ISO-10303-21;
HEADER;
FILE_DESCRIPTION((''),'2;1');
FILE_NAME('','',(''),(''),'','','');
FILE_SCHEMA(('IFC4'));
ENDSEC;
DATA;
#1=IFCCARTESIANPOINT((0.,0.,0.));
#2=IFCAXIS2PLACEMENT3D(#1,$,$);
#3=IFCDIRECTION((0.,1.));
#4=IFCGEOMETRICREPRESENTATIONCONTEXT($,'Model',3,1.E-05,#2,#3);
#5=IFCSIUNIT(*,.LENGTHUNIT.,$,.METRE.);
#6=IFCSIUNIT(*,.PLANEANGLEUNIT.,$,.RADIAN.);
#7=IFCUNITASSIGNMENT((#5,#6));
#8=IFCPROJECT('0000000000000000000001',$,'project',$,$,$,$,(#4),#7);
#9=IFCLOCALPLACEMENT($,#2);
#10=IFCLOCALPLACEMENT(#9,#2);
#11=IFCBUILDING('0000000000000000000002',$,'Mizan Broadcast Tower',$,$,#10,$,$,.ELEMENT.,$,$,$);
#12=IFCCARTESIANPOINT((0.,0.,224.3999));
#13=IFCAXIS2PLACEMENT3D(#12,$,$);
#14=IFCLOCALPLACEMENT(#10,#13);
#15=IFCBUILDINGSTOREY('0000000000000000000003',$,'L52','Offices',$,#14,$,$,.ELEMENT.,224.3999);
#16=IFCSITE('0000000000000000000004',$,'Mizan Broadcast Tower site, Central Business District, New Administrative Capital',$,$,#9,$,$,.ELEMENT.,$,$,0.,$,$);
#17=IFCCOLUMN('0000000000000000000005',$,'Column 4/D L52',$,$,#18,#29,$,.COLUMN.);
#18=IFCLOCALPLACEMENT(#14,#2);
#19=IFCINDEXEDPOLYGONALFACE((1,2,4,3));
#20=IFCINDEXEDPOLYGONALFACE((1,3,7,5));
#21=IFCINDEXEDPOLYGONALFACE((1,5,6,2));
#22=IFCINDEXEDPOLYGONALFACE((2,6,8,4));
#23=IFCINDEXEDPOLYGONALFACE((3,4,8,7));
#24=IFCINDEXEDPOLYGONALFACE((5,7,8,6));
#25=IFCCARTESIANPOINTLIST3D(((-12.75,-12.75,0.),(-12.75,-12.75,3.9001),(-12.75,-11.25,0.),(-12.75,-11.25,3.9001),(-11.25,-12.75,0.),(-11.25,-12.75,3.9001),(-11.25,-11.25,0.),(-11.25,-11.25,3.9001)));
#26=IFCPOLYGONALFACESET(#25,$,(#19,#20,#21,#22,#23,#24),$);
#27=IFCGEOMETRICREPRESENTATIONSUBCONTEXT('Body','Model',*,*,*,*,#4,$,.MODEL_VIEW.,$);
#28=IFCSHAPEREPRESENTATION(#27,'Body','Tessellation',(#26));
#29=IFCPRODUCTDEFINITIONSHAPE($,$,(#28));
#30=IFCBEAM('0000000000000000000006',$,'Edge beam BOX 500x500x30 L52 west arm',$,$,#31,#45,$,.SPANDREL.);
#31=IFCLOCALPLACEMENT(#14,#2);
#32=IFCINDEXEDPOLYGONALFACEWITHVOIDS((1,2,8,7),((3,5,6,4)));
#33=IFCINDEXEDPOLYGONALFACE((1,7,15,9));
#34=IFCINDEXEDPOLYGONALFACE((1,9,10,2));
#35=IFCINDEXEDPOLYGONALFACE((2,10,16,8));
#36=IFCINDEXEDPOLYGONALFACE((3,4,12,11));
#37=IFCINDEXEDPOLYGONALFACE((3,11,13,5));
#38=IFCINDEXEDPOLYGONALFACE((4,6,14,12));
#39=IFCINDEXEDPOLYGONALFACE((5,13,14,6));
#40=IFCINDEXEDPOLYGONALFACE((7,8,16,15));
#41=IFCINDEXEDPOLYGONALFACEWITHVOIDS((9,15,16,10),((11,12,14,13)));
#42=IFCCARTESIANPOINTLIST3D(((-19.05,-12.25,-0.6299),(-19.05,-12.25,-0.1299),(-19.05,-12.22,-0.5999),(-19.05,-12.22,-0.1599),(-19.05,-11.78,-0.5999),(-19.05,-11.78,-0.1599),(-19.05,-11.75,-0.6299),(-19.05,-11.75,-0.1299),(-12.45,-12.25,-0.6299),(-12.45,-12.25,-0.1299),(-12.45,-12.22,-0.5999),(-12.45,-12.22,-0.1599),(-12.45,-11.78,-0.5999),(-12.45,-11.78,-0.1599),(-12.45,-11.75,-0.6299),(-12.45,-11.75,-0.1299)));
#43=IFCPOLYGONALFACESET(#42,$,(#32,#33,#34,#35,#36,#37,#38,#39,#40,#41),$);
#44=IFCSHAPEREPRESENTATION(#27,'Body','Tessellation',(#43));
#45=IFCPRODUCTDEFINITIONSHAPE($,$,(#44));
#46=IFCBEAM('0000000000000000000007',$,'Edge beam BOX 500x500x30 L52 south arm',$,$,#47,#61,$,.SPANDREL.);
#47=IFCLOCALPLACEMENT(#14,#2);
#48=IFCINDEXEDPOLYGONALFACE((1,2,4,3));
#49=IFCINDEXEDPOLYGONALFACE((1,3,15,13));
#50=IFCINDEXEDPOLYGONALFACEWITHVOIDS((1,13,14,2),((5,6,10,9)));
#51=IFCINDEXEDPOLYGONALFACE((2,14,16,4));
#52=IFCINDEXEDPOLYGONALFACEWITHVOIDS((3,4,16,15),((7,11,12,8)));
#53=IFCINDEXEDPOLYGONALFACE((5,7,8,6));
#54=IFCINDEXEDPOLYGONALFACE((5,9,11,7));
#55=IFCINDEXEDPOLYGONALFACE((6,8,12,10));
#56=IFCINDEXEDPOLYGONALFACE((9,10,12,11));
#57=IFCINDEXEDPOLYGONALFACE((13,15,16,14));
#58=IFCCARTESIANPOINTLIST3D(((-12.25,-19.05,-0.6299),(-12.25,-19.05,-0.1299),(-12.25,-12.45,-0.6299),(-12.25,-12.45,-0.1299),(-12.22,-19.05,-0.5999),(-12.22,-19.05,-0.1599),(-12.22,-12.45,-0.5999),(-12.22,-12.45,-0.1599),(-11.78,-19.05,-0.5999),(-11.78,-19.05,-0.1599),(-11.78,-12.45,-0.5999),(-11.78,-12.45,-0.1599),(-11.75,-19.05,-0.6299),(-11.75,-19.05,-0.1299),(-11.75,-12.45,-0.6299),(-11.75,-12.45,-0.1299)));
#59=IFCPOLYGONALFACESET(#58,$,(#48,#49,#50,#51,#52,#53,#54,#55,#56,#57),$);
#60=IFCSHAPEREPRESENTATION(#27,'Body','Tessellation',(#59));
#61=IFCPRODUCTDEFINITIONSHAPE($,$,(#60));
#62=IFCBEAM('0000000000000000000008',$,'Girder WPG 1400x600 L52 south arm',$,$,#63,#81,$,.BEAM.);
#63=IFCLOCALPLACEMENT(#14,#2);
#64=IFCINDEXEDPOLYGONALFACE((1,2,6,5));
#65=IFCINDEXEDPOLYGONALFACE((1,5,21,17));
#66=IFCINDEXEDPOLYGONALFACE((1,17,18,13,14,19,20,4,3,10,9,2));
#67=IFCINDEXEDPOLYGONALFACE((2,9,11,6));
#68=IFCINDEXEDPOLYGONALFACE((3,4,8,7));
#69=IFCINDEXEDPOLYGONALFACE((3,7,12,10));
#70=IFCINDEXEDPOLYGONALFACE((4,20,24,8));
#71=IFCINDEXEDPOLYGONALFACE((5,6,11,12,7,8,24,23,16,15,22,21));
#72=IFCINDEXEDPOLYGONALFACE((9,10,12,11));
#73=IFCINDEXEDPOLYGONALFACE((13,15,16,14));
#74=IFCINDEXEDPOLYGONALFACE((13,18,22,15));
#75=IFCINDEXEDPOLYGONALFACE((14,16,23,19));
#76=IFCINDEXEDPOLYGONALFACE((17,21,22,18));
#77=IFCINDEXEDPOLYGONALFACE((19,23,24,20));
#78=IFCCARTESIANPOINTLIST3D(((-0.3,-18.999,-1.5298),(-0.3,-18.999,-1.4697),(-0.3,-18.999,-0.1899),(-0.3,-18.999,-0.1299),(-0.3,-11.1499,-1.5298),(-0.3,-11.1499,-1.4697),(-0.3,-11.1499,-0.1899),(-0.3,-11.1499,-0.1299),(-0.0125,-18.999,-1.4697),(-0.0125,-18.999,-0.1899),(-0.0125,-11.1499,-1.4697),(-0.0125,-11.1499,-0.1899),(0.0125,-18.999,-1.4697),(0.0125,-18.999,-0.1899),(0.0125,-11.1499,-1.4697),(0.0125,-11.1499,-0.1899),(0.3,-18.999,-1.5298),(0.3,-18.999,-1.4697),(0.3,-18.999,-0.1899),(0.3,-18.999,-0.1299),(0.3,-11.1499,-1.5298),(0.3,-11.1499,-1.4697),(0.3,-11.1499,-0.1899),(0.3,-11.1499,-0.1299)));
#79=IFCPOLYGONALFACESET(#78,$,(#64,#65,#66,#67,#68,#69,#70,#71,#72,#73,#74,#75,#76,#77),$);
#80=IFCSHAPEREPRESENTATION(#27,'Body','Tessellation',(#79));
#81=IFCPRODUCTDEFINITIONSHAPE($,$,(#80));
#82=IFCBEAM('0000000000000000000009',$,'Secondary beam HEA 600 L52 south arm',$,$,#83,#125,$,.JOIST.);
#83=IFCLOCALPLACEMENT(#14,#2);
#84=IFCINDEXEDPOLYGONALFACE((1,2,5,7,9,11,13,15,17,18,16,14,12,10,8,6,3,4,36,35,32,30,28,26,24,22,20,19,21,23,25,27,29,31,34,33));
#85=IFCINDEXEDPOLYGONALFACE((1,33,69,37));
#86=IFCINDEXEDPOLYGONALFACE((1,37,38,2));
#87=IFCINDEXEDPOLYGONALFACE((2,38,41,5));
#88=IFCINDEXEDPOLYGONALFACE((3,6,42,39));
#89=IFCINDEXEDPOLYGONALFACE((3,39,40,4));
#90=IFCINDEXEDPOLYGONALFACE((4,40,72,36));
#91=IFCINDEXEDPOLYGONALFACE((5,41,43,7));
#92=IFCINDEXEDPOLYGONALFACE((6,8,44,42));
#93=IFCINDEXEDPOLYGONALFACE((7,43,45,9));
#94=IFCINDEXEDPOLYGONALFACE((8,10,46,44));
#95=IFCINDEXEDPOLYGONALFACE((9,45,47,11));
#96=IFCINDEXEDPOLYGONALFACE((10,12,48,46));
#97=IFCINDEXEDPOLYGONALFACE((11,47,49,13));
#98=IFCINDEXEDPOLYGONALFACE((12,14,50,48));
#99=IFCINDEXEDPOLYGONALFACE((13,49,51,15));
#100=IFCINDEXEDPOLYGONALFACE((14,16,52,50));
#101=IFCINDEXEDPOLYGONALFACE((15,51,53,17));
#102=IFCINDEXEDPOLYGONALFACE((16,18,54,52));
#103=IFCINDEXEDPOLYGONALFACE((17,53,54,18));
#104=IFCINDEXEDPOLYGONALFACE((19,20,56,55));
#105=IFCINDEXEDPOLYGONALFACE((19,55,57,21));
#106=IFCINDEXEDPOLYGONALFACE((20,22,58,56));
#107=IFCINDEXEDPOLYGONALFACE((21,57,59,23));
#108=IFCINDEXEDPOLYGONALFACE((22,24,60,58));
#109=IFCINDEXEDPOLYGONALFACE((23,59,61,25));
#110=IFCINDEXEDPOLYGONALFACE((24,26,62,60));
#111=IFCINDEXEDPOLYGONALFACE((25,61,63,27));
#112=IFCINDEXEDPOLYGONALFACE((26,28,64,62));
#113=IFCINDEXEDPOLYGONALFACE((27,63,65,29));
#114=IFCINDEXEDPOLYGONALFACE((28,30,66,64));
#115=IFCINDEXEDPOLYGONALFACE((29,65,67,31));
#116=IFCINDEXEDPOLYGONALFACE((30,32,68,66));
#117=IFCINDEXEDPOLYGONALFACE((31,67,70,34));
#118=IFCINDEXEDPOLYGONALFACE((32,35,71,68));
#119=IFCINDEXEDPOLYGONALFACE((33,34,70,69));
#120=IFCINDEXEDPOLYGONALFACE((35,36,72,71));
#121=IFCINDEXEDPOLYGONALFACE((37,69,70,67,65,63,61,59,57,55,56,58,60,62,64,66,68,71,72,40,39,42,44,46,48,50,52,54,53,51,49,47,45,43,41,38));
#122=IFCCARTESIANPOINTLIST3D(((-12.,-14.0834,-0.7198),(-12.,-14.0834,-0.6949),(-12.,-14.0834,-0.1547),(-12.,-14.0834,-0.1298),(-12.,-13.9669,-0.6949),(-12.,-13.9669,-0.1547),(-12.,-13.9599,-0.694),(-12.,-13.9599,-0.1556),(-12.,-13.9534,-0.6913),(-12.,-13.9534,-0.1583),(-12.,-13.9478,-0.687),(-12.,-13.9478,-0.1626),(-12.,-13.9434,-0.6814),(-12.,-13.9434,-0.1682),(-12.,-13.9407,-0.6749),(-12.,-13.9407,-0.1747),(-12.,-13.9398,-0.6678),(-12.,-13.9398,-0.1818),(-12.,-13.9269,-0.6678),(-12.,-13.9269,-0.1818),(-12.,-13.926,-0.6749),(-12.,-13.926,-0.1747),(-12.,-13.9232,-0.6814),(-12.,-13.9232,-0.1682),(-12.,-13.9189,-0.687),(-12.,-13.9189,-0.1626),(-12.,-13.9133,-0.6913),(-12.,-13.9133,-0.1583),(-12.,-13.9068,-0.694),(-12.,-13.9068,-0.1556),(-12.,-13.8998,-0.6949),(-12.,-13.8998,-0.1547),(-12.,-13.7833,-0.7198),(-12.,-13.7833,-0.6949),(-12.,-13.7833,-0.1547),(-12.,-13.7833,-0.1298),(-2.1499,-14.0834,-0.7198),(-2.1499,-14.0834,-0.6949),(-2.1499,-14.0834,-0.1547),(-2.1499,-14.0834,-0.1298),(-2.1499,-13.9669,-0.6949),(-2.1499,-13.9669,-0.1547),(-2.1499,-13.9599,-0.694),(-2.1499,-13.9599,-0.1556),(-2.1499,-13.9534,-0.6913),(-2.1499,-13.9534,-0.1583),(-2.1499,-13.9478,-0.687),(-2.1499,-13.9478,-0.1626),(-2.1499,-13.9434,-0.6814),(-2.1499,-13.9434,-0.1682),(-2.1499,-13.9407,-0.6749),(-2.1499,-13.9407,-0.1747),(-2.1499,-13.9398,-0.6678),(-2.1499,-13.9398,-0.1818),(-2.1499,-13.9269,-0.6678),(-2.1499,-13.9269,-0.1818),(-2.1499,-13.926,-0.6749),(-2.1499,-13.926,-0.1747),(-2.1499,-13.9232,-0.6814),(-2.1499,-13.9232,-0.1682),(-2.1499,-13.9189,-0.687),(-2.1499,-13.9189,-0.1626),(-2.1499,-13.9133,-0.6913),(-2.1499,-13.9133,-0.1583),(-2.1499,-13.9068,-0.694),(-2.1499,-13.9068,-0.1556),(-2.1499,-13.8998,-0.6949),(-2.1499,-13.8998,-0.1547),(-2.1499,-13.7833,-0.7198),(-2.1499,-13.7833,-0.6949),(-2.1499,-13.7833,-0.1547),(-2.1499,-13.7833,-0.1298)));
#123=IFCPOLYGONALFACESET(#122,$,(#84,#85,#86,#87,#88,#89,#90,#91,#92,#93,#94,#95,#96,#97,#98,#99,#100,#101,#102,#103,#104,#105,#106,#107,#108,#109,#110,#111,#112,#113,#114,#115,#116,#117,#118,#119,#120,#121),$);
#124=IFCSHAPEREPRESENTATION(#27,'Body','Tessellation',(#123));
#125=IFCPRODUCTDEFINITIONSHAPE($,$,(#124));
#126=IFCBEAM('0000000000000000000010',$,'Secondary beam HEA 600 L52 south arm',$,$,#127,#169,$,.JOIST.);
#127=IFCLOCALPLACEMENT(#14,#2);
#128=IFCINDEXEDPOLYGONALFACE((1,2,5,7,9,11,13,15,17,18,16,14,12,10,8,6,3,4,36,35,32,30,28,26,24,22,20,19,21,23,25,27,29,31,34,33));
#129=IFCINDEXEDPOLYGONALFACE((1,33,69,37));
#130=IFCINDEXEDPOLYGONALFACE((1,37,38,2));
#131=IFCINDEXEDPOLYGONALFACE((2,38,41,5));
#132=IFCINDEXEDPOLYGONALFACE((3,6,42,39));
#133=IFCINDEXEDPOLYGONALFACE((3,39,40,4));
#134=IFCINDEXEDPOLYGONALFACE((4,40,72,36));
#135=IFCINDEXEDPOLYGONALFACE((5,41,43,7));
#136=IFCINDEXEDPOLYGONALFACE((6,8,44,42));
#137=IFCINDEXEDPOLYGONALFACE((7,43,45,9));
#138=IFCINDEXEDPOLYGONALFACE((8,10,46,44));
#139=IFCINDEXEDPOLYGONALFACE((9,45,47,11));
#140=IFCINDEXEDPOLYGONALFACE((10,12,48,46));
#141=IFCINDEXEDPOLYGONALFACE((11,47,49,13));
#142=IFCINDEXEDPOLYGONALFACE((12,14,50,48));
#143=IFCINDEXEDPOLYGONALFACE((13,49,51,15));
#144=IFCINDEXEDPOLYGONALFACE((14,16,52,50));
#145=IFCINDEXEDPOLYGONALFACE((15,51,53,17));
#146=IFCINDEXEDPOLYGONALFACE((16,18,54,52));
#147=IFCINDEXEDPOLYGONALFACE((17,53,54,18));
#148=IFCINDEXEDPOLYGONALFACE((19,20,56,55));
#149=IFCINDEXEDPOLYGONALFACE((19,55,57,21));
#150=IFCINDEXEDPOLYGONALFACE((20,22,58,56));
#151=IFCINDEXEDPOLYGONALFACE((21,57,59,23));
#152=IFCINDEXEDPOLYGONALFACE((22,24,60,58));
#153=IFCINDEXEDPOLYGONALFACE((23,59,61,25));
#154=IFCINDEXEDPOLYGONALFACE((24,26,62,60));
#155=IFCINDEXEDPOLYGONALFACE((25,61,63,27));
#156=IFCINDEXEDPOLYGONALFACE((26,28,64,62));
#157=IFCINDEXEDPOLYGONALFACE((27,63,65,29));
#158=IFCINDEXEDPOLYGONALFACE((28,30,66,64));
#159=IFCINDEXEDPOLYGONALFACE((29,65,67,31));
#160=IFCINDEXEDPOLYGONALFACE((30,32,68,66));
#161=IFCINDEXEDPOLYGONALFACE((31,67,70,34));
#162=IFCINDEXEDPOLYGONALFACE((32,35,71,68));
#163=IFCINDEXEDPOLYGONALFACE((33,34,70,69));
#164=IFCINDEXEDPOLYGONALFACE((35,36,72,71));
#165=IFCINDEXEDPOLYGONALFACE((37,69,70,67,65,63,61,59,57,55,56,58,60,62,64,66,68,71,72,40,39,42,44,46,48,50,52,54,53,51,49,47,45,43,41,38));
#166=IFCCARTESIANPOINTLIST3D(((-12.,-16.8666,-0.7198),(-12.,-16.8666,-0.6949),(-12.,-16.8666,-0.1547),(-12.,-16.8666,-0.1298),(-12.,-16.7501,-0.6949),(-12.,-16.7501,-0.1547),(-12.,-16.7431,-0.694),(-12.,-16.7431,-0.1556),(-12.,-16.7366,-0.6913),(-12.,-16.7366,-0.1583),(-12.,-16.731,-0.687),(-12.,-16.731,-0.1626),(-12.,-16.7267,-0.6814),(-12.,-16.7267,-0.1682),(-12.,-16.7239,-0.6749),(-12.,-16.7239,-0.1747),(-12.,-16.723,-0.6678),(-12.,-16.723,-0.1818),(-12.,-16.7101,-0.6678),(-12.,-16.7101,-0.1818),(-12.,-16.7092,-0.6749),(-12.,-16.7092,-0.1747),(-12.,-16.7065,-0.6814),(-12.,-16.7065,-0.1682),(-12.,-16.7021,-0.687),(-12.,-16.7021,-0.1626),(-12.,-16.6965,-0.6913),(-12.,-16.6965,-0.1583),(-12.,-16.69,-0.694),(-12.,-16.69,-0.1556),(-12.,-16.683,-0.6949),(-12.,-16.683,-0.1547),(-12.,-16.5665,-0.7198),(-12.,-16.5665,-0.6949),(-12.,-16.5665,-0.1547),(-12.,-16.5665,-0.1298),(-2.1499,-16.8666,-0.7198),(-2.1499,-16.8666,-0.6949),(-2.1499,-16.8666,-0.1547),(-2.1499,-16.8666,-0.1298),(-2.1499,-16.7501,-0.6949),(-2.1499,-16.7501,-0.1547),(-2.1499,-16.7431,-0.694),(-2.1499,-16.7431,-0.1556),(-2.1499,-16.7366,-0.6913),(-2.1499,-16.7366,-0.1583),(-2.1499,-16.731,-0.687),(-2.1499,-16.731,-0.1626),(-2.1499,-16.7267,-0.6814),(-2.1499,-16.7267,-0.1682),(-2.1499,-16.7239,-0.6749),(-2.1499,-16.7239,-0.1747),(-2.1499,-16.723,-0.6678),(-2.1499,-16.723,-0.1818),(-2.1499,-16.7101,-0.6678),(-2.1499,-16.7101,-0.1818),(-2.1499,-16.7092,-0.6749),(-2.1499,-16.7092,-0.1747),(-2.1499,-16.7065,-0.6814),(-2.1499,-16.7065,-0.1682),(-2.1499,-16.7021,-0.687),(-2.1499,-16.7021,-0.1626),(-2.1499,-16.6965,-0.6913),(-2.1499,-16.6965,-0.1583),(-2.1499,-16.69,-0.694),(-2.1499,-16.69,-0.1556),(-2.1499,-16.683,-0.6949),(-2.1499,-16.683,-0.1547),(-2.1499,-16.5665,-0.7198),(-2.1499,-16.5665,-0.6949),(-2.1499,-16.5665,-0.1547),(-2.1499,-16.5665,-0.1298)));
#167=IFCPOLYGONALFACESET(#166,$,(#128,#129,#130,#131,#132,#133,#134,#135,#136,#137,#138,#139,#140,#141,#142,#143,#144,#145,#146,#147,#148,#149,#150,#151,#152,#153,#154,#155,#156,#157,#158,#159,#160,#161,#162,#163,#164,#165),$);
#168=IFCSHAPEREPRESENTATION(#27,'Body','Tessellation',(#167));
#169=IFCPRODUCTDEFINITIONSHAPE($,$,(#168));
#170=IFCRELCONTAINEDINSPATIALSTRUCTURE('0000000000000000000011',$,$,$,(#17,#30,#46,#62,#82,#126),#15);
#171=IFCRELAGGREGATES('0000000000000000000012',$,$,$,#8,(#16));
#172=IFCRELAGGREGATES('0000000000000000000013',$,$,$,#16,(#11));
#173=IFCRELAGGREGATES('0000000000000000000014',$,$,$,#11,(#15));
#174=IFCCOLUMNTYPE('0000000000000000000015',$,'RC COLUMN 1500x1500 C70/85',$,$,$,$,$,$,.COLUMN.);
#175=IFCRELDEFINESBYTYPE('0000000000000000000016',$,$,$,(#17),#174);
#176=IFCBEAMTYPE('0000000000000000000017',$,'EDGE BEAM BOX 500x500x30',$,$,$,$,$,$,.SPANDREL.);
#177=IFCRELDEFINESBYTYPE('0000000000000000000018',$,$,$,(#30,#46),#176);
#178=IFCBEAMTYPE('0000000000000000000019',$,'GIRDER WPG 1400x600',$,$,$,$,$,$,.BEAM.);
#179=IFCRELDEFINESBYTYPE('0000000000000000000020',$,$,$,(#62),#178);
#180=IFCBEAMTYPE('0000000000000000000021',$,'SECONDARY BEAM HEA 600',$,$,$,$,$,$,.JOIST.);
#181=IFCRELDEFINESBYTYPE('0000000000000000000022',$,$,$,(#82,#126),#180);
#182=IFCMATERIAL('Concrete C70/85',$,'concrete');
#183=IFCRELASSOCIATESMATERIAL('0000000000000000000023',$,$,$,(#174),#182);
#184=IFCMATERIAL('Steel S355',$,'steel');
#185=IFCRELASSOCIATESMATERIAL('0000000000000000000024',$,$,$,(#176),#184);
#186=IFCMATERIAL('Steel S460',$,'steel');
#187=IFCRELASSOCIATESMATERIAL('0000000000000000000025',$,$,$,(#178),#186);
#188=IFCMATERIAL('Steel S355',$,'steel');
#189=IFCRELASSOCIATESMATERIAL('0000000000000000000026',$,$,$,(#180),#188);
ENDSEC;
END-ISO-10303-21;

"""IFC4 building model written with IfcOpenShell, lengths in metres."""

from ifc_helpers import new_model, si_unit, direction, frame, origin, origin_2d, place, context, subcontext, project, spatial, rectangle, hollow_rectangle, i_section, extrude, material, material_profile, profile_set, type_object, element, save


model = new_model("IFC4")

# Units and contexts
model_context = context("Model", 3, precision=1e-05, world=origin(), true_north=direction((0.0, 1.0)))
body_context = subcontext(model_context, "Body", "Model", "MODEL_VIEW")
ifc_project = project(units=[si_unit("LENGTHUNIT", "METRE"), si_unit("PLANEANGLEUNIT", "RADIAN")], contexts=[model_context])

# Site, building, storey
site_placement = place(None, origin())
site = spatial("IfcSite", under=ifc_project, at=site_placement, Name="Mizan Broadcast Tower site, Central Business District, New Administrative Capital", CompositionType="ELEMENT", RefElevation=0.0)
building_placement = place(site_placement, origin())
building = spatial("IfcBuilding", under=site, at=building_placement, Name="Mizan Broadcast Tower", CompositionType="ELEMENT")
storey_placement = place(building_placement, frame((0.0, 0.0, 224.3999)))
storey = spatial("IfcBuildingStorey", under=building, at=storey_placement, Name="L52", Description="Offices", CompositionType="ELEMENT", Elevation=224.3999)

# Column
ifc_material_1 = material(Name="Concrete C70/85", Category="concrete")
ifc_material_profile_1 = material_profile(ifc_material_1, rectangle(XDim=1.5, YDim=1.5, at=origin_2d()), Name="RC 1500x1500")
ifc_profile_set_1 = profile_set([ifc_material_profile_1], Name="Concrete C70/85")
column_type = type_object("IfcColumnType", Name="RC COLUMN 1500x1500 C70/85", PredefinedType="COLUMN", material=ifc_profile_set_1)
column_placement = place(storey_placement, frame((-12.0, -12.0, 0.0), z_axis=(0.0, 0.0, 1.0), x_axis=(1.0, 0.0, 0.0)))
element("IfcColumn", 1, at=column_placement, inside=storey, type_object=column_type, Name="Column 4/D L52", PredefinedType="COLUMN", context=body_context, shape_type="SweptSolid", body=[
    extrude(rectangle(XDim=1.5, YDim=1.5, at=origin_2d()), origin(), (0.0, 0.0, 1.0), 3.9001),
])

# Beams
ifc_material_2 = material(Name="Steel S355", Category="steel")
ifc_material_profile_2 = material_profile(ifc_material_2, hollow_rectangle(XDim=0.5, YDim=0.5, WallThickness=0.03, at=origin_2d()), Name="BOX 500x500x30")
ifc_profile_set_2 = profile_set([ifc_material_profile_2], Name="Steel S355")
beam_type_1 = type_object("IfcBeamType", Name="EDGE BEAM BOX 500x500x30", PredefinedType="SPANDREL", material=ifc_profile_set_2)
for number, where, z_axis, x_axis, name in (
    (2, (-12.45, -12.0, -0.3799), (-1.0, 0.0, 0.0), (0.0, -1.0, 0.0), "Edge beam BOX 500x500x30 L52 west arm"),
    (3, (-12.0, -12.45, -0.3799), (0.0, -1.0, 0.0), (1.0, 0.0, 0.0), "Edge beam BOX 500x500x30 L52 south arm"),
):
    element("IfcBeam", number, at=place(storey_placement, frame(where, z_axis=z_axis, x_axis=x_axis)), inside=storey, type_object=beam_type_1, Name=name, PredefinedType="SPANDREL", context=body_context, shape_type="SweptSolid", body=[
        extrude(hollow_rectangle(XDim=0.5, YDim=0.5, WallThickness=0.03, at=origin_2d()), origin(), (0.0, 0.0, 1.0), 6.6001),
    ])
ifc_material_3 = material(Name="Steel S460", Category="steel")
ifc_material_profile_3 = material_profile(ifc_material_3, i_section(OverallWidth=0.6001, OverallDepth=1.3999, WebThickness=0.0249, FlangeThickness=0.0601, at=origin_2d()), Name="WPG 1400x600")
ifc_profile_set_3 = profile_set([ifc_material_profile_3], Name="Steel S460")
beam_type_2 = type_object("IfcBeamType", Name="GIRDER WPG 1400x600", PredefinedType="BEAM", material=ifc_profile_set_3)
beam_1_placement = place(storey_placement, frame((0.0, -11.1499, -0.8298), z_axis=(0.0, -1.0, 0.0), x_axis=(1.0, 0.0, 0.0)))
element("IfcBeam", 4, at=beam_1_placement, inside=storey, type_object=beam_type_2, Name="Girder WPG 1400x600 L52 south arm", PredefinedType="BEAM", context=body_context, shape_type="SweptSolid", body=[
    extrude(i_section(OverallWidth=0.6001, OverallDepth=1.3999, WebThickness=0.0249, FlangeThickness=0.0601, at=origin_2d()), origin(), (0.0, 0.0, 1.0), 7.8491),
])
ifc_material_4 = material(Name="Steel S355", Category="steel")
ifc_material_profile_4 = material_profile(ifc_material_4, i_section(OverallWidth=0.3, OverallDepth=0.5901, WebThickness=0.0129, FlangeThickness=0.0249, FilletRadius=0.0271, at=origin_2d()), Name="HEA 600")
ifc_profile_set_4 = profile_set([ifc_material_profile_4], Name="Steel S355")
beam_type_3 = type_object("IfcBeamType", Name="SECONDARY BEAM HEA 600", PredefinedType="JOIST", material=ifc_profile_set_4)
for number, where, z_axis, x_axis, name in (
    (5, (-12.0, -13.9333, -0.4248), (1.0, 0.0, 0.0), (0.0, 1.0, 0.0), "Secondary beam HEA 600 L52 south arm"),
    (6, (-12.0, -16.7166, -0.4248), (1.0, 0.0, 0.0), (0.0, 1.0, 0.0), "Secondary beam HEA 600 L52 south arm"),
):
    element("IfcBeam", number, at=place(storey_placement, frame(where, z_axis=z_axis, x_axis=x_axis)), inside=storey, type_object=beam_type_3, Name=name, PredefinedType="JOIST", context=body_context, shape_type="SweptSolid", body=[
        extrude(i_section(OverallWidth=0.3, OverallDepth=0.5901, WebThickness=0.0129, FlangeThickness=0.0249, FilletRadius=0.0271, at=origin_2d()), origin(), (0.0, 0.0, 1.0), 9.8501),
    ])

save(model, "model.ifc")
